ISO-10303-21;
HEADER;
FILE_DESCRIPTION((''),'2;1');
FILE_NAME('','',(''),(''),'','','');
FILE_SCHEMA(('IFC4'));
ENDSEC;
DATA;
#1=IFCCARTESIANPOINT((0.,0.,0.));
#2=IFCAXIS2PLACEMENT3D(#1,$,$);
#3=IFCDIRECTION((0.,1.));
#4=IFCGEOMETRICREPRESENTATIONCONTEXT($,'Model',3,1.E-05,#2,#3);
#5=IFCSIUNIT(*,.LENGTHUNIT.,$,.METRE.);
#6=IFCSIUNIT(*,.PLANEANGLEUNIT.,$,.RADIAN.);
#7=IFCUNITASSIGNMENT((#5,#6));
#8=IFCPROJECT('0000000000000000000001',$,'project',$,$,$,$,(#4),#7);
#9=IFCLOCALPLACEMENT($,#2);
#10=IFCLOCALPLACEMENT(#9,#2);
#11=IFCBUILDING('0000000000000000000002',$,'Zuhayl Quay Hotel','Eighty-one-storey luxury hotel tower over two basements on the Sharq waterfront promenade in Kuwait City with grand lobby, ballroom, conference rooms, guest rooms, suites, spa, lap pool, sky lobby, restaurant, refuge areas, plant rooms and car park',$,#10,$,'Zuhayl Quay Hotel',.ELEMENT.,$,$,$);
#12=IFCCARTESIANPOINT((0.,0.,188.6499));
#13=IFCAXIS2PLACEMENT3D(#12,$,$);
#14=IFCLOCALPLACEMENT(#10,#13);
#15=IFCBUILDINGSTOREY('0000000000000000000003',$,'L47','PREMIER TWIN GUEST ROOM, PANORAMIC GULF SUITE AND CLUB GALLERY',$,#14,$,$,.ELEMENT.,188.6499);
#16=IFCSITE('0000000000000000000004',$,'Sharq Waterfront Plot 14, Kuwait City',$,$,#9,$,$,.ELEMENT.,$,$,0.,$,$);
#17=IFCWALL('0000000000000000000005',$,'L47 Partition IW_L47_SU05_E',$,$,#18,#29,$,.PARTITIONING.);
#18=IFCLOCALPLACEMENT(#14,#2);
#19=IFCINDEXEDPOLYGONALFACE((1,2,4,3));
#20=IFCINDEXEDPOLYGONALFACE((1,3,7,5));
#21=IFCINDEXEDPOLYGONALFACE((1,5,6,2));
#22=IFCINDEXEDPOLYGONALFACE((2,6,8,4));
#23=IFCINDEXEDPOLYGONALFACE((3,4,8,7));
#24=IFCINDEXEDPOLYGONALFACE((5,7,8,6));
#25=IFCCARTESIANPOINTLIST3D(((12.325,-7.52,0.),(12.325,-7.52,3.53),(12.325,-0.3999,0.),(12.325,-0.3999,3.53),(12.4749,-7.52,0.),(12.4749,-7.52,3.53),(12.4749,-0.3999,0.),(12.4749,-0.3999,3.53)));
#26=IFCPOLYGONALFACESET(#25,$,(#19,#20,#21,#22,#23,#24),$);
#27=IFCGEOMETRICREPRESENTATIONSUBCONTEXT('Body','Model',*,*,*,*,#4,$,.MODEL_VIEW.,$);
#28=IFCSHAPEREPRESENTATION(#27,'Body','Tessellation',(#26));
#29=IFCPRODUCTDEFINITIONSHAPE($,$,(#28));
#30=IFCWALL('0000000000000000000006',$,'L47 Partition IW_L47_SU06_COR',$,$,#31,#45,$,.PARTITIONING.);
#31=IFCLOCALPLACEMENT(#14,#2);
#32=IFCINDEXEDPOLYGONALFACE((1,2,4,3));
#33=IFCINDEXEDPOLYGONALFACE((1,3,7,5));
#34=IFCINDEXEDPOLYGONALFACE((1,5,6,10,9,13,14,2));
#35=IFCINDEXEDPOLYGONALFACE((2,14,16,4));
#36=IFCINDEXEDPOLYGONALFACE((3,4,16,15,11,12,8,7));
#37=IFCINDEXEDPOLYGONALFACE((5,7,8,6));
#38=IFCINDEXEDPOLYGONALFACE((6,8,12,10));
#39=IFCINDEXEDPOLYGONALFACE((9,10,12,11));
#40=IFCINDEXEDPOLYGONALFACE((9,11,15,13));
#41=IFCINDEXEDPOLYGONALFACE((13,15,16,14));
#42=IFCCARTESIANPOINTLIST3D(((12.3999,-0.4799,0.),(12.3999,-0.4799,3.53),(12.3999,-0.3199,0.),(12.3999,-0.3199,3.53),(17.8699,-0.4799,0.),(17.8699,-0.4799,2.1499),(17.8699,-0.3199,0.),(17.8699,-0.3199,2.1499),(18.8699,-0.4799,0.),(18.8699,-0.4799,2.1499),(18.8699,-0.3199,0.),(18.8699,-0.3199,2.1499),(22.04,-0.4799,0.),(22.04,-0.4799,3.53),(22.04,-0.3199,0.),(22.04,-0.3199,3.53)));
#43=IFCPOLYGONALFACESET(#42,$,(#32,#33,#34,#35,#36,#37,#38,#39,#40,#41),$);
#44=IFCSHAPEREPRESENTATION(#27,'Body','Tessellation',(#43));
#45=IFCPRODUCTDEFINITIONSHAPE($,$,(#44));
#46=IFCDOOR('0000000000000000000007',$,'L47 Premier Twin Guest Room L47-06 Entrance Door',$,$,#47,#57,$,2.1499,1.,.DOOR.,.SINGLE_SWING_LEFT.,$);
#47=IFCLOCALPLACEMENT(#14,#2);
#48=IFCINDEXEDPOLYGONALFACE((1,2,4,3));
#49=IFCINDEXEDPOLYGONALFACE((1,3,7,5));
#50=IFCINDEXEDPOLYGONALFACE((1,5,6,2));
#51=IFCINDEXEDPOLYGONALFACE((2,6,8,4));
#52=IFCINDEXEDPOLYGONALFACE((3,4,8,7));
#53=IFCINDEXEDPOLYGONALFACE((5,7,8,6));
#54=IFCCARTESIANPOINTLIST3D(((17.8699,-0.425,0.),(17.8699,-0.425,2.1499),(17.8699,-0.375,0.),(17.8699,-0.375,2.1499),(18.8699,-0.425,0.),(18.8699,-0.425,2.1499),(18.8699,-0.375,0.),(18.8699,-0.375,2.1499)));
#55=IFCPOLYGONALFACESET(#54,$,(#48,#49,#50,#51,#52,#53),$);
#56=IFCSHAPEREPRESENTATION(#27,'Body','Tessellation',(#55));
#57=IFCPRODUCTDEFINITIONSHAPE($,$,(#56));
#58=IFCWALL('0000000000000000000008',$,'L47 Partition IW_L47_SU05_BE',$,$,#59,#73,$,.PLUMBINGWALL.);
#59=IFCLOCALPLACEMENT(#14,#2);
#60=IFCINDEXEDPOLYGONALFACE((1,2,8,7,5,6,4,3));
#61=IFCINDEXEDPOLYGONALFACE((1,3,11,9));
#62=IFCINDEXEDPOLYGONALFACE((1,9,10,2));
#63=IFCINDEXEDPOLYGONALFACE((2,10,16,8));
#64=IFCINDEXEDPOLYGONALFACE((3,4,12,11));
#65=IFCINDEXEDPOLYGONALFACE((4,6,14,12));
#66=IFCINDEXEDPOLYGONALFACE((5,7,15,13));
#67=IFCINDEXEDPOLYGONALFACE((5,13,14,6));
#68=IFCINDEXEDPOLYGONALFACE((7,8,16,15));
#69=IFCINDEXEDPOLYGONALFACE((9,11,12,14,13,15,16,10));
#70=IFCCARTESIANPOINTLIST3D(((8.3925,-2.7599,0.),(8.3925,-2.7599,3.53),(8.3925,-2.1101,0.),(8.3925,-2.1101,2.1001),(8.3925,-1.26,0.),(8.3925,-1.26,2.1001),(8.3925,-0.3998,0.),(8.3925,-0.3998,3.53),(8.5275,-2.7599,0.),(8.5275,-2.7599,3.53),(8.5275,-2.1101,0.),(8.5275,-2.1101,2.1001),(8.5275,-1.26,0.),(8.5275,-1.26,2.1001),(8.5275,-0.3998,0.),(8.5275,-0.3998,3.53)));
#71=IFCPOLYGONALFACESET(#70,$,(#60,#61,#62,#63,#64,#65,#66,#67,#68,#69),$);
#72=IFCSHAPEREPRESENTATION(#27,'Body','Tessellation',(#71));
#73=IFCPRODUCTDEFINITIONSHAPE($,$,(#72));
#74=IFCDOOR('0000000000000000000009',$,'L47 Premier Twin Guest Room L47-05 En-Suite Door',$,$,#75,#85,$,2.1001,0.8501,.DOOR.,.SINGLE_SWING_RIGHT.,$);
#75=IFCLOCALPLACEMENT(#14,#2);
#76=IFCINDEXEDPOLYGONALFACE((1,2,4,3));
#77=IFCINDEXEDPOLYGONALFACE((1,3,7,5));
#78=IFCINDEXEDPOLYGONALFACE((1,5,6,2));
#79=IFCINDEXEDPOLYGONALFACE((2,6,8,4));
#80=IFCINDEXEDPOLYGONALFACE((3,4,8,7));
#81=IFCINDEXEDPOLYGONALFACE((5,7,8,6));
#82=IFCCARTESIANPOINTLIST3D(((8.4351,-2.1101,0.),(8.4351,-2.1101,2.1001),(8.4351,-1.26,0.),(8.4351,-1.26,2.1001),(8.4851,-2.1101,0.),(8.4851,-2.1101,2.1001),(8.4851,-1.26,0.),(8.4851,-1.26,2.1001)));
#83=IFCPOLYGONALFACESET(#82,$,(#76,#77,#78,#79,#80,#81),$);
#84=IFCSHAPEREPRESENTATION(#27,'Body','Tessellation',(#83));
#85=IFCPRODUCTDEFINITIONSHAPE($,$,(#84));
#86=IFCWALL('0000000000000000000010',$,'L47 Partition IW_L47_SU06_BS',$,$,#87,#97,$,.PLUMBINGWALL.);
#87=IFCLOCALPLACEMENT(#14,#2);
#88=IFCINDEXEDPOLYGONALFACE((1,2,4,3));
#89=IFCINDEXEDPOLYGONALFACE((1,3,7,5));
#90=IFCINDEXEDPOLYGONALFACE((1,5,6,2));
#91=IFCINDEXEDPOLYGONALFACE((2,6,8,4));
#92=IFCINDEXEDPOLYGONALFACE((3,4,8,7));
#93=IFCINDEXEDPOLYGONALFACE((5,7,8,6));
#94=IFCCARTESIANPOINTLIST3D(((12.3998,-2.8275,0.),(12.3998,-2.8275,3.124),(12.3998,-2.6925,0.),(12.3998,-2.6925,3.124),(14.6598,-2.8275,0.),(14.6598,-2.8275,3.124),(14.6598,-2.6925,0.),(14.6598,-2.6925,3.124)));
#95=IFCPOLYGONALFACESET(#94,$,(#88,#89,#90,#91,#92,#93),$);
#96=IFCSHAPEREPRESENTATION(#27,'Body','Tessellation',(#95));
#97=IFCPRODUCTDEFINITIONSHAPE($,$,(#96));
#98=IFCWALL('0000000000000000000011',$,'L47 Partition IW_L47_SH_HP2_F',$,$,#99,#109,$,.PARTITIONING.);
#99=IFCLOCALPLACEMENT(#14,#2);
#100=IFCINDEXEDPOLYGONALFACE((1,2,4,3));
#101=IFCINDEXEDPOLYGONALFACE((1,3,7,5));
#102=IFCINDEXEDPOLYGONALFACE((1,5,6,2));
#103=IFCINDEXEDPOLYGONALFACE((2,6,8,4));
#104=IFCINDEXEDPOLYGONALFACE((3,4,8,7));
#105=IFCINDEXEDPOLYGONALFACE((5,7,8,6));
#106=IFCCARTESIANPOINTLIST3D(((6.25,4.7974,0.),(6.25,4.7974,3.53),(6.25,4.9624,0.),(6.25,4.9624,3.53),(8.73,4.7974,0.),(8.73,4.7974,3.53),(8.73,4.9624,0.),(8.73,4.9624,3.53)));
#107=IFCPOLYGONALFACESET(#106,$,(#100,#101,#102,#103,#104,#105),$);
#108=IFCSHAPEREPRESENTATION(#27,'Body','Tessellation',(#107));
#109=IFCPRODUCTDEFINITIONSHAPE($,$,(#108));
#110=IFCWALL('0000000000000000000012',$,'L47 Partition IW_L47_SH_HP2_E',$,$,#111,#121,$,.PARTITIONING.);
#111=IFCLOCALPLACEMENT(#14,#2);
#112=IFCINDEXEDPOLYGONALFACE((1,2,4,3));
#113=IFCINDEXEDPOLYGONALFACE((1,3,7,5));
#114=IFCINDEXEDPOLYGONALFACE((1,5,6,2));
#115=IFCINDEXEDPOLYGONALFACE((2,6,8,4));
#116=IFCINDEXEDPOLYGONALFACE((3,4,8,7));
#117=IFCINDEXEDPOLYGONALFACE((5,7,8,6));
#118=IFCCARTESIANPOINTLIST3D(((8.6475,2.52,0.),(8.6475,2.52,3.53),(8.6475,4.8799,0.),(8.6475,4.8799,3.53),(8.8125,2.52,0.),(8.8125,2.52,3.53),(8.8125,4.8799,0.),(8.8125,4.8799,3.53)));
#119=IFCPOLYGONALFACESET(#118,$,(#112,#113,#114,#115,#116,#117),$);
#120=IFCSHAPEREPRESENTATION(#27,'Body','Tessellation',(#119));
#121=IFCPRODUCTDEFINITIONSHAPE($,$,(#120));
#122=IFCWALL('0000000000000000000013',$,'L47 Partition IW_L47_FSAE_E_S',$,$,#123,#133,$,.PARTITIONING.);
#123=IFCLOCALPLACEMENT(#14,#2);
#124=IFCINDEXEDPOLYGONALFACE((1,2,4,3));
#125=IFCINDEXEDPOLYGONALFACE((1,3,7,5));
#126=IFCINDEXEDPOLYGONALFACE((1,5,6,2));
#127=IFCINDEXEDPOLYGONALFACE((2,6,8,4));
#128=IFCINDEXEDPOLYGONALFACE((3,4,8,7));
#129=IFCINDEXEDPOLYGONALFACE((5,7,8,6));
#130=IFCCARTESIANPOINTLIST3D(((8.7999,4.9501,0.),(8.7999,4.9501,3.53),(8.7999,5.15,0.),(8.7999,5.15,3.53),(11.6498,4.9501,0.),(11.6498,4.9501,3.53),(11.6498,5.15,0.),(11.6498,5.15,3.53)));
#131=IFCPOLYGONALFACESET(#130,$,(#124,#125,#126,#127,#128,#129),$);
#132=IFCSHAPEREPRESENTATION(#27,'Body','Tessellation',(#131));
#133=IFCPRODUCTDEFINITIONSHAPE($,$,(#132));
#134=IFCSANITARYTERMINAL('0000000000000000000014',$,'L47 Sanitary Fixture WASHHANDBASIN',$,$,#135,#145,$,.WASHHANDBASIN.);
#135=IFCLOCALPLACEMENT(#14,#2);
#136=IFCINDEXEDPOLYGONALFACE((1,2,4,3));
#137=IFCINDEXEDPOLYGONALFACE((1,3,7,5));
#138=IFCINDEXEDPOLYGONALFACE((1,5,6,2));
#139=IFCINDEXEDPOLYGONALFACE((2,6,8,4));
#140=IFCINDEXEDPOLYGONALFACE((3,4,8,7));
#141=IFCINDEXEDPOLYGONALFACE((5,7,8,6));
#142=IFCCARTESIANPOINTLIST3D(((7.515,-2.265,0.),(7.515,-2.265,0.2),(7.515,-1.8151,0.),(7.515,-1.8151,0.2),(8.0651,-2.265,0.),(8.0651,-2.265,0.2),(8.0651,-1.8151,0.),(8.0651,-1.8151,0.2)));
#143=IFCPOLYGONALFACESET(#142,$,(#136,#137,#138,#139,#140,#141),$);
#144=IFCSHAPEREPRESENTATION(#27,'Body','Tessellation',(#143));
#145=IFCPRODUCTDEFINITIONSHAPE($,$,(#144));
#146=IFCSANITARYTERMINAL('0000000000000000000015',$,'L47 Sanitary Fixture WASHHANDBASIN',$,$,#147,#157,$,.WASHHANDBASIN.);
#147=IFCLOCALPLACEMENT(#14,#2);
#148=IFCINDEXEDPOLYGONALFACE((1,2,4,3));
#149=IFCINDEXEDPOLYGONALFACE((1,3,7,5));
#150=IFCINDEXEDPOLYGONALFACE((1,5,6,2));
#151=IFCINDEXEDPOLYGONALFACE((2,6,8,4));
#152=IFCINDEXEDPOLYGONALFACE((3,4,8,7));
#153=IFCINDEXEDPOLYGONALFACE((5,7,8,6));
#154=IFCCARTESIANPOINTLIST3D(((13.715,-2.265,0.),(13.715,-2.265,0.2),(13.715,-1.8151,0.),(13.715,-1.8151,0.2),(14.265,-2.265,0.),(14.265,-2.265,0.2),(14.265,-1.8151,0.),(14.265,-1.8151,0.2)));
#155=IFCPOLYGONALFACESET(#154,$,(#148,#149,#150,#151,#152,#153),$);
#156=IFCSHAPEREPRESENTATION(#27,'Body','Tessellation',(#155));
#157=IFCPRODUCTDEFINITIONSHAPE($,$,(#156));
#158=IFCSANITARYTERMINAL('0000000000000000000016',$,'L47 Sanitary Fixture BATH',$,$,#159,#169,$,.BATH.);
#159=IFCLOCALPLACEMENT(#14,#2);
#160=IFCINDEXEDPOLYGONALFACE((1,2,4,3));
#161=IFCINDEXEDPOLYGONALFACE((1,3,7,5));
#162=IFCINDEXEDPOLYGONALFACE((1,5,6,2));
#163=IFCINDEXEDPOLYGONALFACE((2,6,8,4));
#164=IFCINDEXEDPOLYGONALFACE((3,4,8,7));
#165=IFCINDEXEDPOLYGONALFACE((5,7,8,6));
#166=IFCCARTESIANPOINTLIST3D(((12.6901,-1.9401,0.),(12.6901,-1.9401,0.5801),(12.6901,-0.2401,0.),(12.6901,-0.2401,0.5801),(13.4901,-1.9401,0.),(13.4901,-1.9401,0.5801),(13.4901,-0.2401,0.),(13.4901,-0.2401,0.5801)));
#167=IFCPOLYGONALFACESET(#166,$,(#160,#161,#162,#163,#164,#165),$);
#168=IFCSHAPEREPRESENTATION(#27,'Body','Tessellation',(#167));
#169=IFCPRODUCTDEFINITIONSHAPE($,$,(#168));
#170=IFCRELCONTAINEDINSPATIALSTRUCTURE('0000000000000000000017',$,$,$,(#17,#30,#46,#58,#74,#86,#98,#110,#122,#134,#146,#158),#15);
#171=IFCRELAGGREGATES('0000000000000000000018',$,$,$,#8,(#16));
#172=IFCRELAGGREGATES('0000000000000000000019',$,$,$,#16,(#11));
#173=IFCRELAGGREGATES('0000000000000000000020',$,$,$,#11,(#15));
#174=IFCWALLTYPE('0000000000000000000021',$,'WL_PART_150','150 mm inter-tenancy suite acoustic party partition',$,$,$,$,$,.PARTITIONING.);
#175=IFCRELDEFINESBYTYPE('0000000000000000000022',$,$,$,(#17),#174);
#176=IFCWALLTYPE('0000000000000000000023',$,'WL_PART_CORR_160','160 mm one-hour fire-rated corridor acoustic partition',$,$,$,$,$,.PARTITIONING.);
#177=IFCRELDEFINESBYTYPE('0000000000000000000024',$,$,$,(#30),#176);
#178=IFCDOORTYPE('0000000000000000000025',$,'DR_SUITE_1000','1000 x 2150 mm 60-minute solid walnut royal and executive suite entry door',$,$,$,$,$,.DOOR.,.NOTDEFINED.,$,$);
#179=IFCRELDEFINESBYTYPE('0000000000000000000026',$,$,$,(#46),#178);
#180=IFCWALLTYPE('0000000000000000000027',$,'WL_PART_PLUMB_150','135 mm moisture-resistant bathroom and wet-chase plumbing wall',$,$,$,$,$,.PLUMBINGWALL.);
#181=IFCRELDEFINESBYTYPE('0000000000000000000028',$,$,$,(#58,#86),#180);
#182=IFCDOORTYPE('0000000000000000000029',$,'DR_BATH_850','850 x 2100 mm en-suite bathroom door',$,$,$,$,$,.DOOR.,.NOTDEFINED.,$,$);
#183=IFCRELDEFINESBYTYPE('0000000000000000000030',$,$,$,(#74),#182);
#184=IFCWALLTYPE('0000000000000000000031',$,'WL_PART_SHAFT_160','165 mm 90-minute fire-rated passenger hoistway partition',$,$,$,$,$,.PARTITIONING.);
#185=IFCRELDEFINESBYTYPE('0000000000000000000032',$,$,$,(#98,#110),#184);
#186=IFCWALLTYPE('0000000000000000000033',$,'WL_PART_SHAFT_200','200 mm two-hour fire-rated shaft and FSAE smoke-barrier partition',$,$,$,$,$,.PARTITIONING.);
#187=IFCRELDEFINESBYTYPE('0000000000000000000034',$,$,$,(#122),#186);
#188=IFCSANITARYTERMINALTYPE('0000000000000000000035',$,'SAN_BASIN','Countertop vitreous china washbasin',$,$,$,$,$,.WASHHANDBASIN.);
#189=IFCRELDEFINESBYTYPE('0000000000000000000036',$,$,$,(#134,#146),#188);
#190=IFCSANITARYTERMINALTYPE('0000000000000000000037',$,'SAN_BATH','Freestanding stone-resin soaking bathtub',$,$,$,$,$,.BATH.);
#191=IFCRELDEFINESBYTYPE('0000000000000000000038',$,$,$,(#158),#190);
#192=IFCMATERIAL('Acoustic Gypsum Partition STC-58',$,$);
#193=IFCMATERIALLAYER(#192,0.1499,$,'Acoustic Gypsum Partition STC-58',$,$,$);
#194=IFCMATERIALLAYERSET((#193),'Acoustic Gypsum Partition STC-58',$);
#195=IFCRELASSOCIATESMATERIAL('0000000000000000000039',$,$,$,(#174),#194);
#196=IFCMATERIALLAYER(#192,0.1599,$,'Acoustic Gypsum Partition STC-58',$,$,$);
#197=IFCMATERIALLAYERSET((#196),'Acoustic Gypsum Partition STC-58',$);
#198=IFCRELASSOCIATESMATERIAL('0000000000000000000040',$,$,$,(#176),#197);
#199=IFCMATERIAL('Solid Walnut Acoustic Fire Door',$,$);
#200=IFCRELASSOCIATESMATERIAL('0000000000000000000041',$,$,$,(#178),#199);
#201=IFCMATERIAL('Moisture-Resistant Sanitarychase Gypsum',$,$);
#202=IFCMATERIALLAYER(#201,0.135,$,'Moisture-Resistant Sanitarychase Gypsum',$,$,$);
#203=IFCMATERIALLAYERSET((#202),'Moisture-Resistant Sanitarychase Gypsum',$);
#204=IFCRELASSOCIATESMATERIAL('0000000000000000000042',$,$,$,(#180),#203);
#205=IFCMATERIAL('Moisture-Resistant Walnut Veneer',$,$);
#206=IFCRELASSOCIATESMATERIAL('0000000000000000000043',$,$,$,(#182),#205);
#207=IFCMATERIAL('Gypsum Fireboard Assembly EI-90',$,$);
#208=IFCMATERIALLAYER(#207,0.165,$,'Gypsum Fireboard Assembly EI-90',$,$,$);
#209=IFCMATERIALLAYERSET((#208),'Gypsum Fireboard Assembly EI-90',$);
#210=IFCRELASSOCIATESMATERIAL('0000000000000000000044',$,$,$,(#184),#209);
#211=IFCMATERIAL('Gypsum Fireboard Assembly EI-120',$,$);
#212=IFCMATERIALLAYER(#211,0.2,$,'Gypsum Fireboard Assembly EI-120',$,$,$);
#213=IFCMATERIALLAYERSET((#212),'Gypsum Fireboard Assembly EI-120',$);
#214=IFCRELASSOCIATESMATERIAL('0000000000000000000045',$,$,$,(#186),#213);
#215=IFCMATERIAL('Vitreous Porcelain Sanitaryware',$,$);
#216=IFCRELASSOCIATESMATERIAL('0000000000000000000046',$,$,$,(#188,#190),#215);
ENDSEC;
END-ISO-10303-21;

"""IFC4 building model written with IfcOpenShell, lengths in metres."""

from ifc_helpers import new_model, si_unit, direction, frame, frame_2d, origin, origin_2d, place, context, subcontext, project, spatial, rectangle, extrude, material, layer, layer_set, type_object, element, fill, save


model = new_model("IFC4")

# Units and contexts
model_context = context("Model", 3, precision=1e-05, world=origin(), true_north=direction((0.0, 1.0)))
body_context = subcontext(model_context, "Body", "Model", "MODEL_VIEW")
ifc_project = project(units=[si_unit("LENGTHUNIT", "METRE"), si_unit("PLANEANGLEUNIT", "RADIAN")], contexts=[model_context])

# Site, building, storey
site_placement = place(None, origin())
site = spatial("IfcSite", under=ifc_project, at=site_placement, Name="Sharq Waterfront Plot 14, Kuwait City", CompositionType="ELEMENT", RefElevation=0.0)
building_placement = place(site_placement, origin())
building = spatial("IfcBuilding", under=site, at=building_placement, Name="Zuhayl Quay Hotel", Description="Eighty-one-storey luxury hotel tower over two basements on the Sharq waterfront promenade in Kuwait City with grand lobby, ballroom, conference rooms, guest rooms, suites, spa, lap pool, sky lobby, restaurant, refuge areas, plant rooms and car park", LongName="Zuhayl Quay Hotel", CompositionType="ELEMENT")
storey_placement = place(building_placement, frame((0.0, 0.0, 188.6499)))
storey = spatial("IfcBuildingStorey", under=building, at=storey_placement, Name="L47", Description="PREMIER TWIN GUEST ROOM, PANORAMIC GULF SUITE AND CLUB GALLERY", CompositionType="ELEMENT", Elevation=188.6499)

# Wall
ifc_material_1 = material(Name="Acoustic Gypsum Partition STC-58")
ifc_layer_1 = layer(ifc_material_1, 0.1499, Name="Acoustic Gypsum Partition STC-58")
ifc_layer_set_1 = layer_set([ifc_layer_1], Name="Acoustic Gypsum Partition STC-58")
wall_type_1 = type_object("IfcWallType", Name="WL_PART_150", Description="150 mm inter-tenancy suite acoustic party partition", PredefinedType="PARTITIONING", material=ifc_layer_set_1)
wall_1_placement = place(storey_placement, frame((12.3999, -7.52, 0.0), z_axis=(0.0, 0.0, 1.0), x_axis=(0.0, 1.0, 0.0)))
element("IfcWall", 1, at=wall_1_placement, inside=storey, type_object=wall_type_1, Name="L47 Partition IW_L47_SU05_E", PredefinedType="PARTITIONING", context=body_context, shape_type="SweptSolid", body=[
    extrude(rectangle(XDim=7.1201, YDim=0.1499, at=frame_2d((3.5601, 0.0))), origin(), (0.0, 0.0, 1.0), 3.53),
])

# Walls, openings, doors
ifc_layer_2 = layer(ifc_material_1, 0.1599, Name="Acoustic Gypsum Partition STC-58")
ifc_layer_set_2 = layer_set([ifc_layer_2], Name="Acoustic Gypsum Partition STC-58")
wall_type_2 = type_object("IfcWallType", Name="WL_PART_CORR_160", Description="160 mm one-hour fire-rated corridor acoustic partition", PredefinedType="PARTITIONING", material=ifc_layer_set_2)
wall_2_placement = place(storey_placement, frame((12.3999, -0.3999, 0.0), z_axis=(0.0, 0.0, 1.0), x_axis=(1.0, 0.0, 0.0)))
wall_2 = element("IfcWall", 2, at=wall_2_placement, inside=storey, type_object=wall_type_2, Name="L47 Partition IW_L47_SU06_COR", PredefinedType="PARTITIONING", context=body_context, shape_type="SweptSolid", body=[
    extrude(rectangle(XDim=9.6401, YDim=0.1599, at=frame_2d((4.8201, 0.0))), origin(), (0.0, 0.0, 1.0), 3.53),
])
opening_1_placement = place(wall_2_placement, frame((5.47, 0.0, 0.0)))
opening_1 = element("IfcOpeningElement", 3, at=opening_1_placement, cuts=wall_2, PredefinedType="OPENING", context=body_context, shape_type="SweptSolid", body=[
    extrude(rectangle(XDim=1.0, YDim=2.1499, at=frame_2d((0.5, 1.075))), frame((0.0, 0.0898, 0.0), z_axis=(0.0, -1.0, 0.0), x_axis=(1.0, 0.0, 0.0)), (0.0, 0.0, 1.0), 0.1799),
])
ifc_material_2 = material(Name="Solid Walnut Acoustic Fire Door")
door_type_1 = type_object("IfcDoorType", Name="DR_SUITE_1000", Description="1000 x 2150 mm 60-minute solid walnut royal and executive suite entry door", OperationType="NOTDEFINED", PredefinedType="DOOR", material=ifc_material_2)
door_1_placement = place(opening_1_placement, origin())
door_1 = element("IfcDoor", 4, at=door_1_placement, inside=storey, type_object=door_type_1, Name="L47 Premier Twin Guest Room L47-06 Entrance Door", OperationType="SINGLE_SWING_LEFT", OverallHeight=2.1499, OverallWidth=1.0, PredefinedType="DOOR", context=body_context, shape_type="SweptSolid", body=[
    extrude(rectangle(XDim=1.0, YDim=2.1499, at=frame_2d((0.5, 1.075))), frame((0.0, 0.0249, 0.0), z_axis=(0.0, -1.0, 0.0), x_axis=(1.0, 0.0, 0.0)), (0.0, 0.0, 1.0), 0.05),
])
fill(opening_1, door_1)
ifc_material_3 = material(Name="Moisture-Resistant Sanitarychase Gypsum")
ifc_layer_3 = layer(ifc_material_3, 0.135, Name="Moisture-Resistant Sanitarychase Gypsum")
ifc_layer_set_3 = layer_set([ifc_layer_3], Name="Moisture-Resistant Sanitarychase Gypsum")
wall_type_3 = type_object("IfcWallType", Name="WL_PART_PLUMB_150", Description="135 mm moisture-resistant bathroom and wet-chase plumbing wall", PredefinedType="PLUMBINGWALL", material=ifc_layer_set_3)
wall_3_placement = place(storey_placement, frame((8.46, -2.76, 0.0), z_axis=(0.0, 0.0, 1.0), x_axis=(0.0, 1.0, 0.0)))
wall_3 = element("IfcWall", 5, at=wall_3_placement, inside=storey, type_object=wall_type_3, Name="L47 Partition IW_L47_SU05_BE", PredefinedType="PLUMBINGWALL", context=body_context, shape_type="SweptSolid", body=[
    extrude(rectangle(XDim=2.3601, YDim=0.135, at=frame_2d((1.1802, 0.0))), origin(), (0.0, 0.0, 1.0), 3.53),
])
opening_2_placement = place(wall_3_placement, frame((0.6499, 0.0, 0.0)))
opening_2 = element("IfcOpeningElement", 6, at=opening_2_placement, cuts=wall_3, PredefinedType="OPENING", context=body_context, shape_type="SweptSolid", body=[
    extrude(rectangle(XDim=0.8501, YDim=2.1001, at=frame_2d((0.425, 1.05))), frame((0.0, 0.0774, 0.0), z_axis=(0.0, -1.0, 0.0), x_axis=(1.0, 0.0, 0.0)), (0.0, 0.0, 1.0), 0.155),
])
ifc_material_4 = material(Name="Moisture-Resistant Walnut Veneer")
door_type_2 = type_object("IfcDoorType", Name="DR_BATH_850", Description="850 x 2100 mm en-suite bathroom door", OperationType="NOTDEFINED", PredefinedType="DOOR", material=ifc_material_4)
door_2_placement = place(opening_2_placement, origin())
door_2 = element("IfcDoor", 7, at=door_2_placement, inside=storey, type_object=door_type_2, Name="L47 Premier Twin Guest Room L47-05 En-Suite Door", OperationType="SINGLE_SWING_RIGHT", OverallHeight=2.1001, OverallWidth=0.8501, PredefinedType="DOOR", context=body_context, shape_type="SweptSolid", body=[
    extrude(rectangle(XDim=0.8501, YDim=2.1001, at=frame_2d((0.425, 1.05))), frame((0.0, 0.0249, 0.0), z_axis=(0.0, -1.0, 0.0), x_axis=(1.0, 0.0, 0.0)), (0.0, 0.0, 1.0), 0.05),
])
fill(opening_2, door_2)

# Walls
wall_4_placement = place(storey_placement, frame((12.3999, -2.76, 0.0), z_axis=(0.0, 0.0, 1.0), x_axis=(1.0, 0.0, 0.0)))
element("IfcWall", 8, at=wall_4_placement, inside=storey, type_object=wall_type_3, Name="L47 Partition IW_L47_SU06_BS", PredefinedType="PLUMBINGWALL", context=body_context, shape_type="SweptSolid", body=[
    extrude(rectangle(XDim=2.26, YDim=0.135, at=frame_2d((1.1299, 0.0))), origin(), (0.0, 0.0, 1.0), 3.124),
])
ifc_material_5 = material(Name="Gypsum Fireboard Assembly EI-90")
ifc_layer_4 = layer(ifc_material_5, 0.165, Name="Gypsum Fireboard Assembly EI-90")
ifc_layer_set_4 = layer_set([ifc_layer_4], Name="Gypsum Fireboard Assembly EI-90")
wall_type_4 = type_object("IfcWallType", Name="WL_PART_SHAFT_160", Description="165 mm 90-minute fire-rated passenger hoistway partition", PredefinedType="PARTITIONING", material=ifc_layer_set_4)
wall_5_placement = place(storey_placement, frame((6.25, 4.8799, 0.0), z_axis=(0.0, 0.0, 1.0), x_axis=(1.0, 0.0, 0.0)))
element("IfcWall", 9, at=wall_5_placement, inside=storey, type_object=wall_type_4, Name="L47 Partition IW_L47_SH_HP2_F", PredefinedType="PARTITIONING", context=body_context, shape_type="SweptSolid", body=[
    extrude(rectangle(XDim=2.48, YDim=0.165, at=frame_2d((1.24, 0.0))), origin(), (0.0, 0.0, 1.0), 3.53),
])
wall_6_placement = place(storey_placement, frame((8.73, 2.52, 0.0), z_axis=(0.0, 0.0, 1.0), x_axis=(0.0, 1.0, 0.0)))
element("IfcWall", 10, at=wall_6_placement, inside=storey, type_object=wall_type_4, Name="L47 Partition IW_L47_SH_HP2_E", PredefinedType="PARTITIONING", context=body_context, shape_type="SweptSolid", body=[
    extrude(rectangle(XDim=2.3599, YDim=0.165, at=frame_2d((1.1799, 0.0))), origin(), (0.0, 0.0, 1.0), 3.53),
])
ifc_material_6 = material(Name="Gypsum Fireboard Assembly EI-120")
ifc_layer_5 = layer(ifc_material_6, 0.2, Name="Gypsum Fireboard Assembly EI-120")
ifc_layer_set_5 = layer_set([ifc_layer_5], Name="Gypsum Fireboard Assembly EI-120")
wall_type_5 = type_object("IfcWallType", Name="WL_PART_SHAFT_200", Description="200 mm two-hour fire-rated shaft and FSAE smoke-barrier partition", PredefinedType="PARTITIONING", material=ifc_layer_set_5)
wall_7_placement = place(storey_placement, frame((8.8, 5.05, 0.0), z_axis=(0.0, 0.0, 1.0), x_axis=(1.0, 0.0, 0.0)))
element("IfcWall", 11, at=wall_7_placement, inside=storey, type_object=wall_type_5, Name="L47 Partition IW_L47_FSAE_E_S", PredefinedType="PARTITIONING", context=body_context, shape_type="SweptSolid", body=[
    extrude(rectangle(XDim=2.8499, YDim=0.2, at=frame_2d((1.4248, 0.0))), origin(), (0.0, 0.0, 1.0), 3.53),
])

# Sanitary terminals
ifc_material_7 = material(Name="Vitreous Porcelain Sanitaryware")
sanitary_terminal_type_1 = type_object("IfcSanitaryTerminalType", Name="SAN_BASIN", Description="Countertop vitreous china washbasin", PredefinedType="WASHHANDBASIN", material=ifc_material_7)
for number, where, z_axis, x_axis, name in (
    (12, (7.79, -2.04, 0.0), (0.0, 0.0, 1.0), (1.0, 0.0, 0.0), "L47 Sanitary Fixture WASHHANDBASIN"),
    (13, (13.99, -2.04, 0.0), (0.0, 0.0, 1.0), (1.0, 0.0, 0.0), "L47 Sanitary Fixture WASHHANDBASIN"),
):
    element("IfcSanitaryTerminal", number, at=place(storey_placement, frame(where, z_axis=z_axis, x_axis=x_axis)), inside=storey, type_object=sanitary_terminal_type_1, Name=name, PredefinedType="WASHHANDBASIN", context=body_context, shape_type="SweptSolid", body=[
        extrude(rectangle(XDim=0.55, YDim=0.45, at=origin_2d()), origin(), (0.0, 0.0, 1.0), 0.2),
    ])
sanitary_terminal_type_2 = type_object("IfcSanitaryTerminalType", Name="SAN_BATH", Description="Freestanding stone-resin soaking bathtub", PredefinedType="BATH", material=ifc_material_7)
sanitary_terminal_1_placement = place(storey_placement, frame((13.0901, -1.0901, 0.0), z_axis=(0.0, 0.0, 1.0), x_axis=(1.0, 0.0, 0.0)))
element("IfcSanitaryTerminal", 14, at=sanitary_terminal_1_placement, inside=storey, type_object=sanitary_terminal_type_2, Name="L47 Sanitary Fixture BATH", PredefinedType="BATH", context=body_context, shape_type="SweptSolid", body=[
    extrude(rectangle(XDim=0.8, YDim=1.7, at=origin_2d()), origin(), (0.0, 0.0, 1.0), 0.5801),
])

save(model, "model.ifc")
